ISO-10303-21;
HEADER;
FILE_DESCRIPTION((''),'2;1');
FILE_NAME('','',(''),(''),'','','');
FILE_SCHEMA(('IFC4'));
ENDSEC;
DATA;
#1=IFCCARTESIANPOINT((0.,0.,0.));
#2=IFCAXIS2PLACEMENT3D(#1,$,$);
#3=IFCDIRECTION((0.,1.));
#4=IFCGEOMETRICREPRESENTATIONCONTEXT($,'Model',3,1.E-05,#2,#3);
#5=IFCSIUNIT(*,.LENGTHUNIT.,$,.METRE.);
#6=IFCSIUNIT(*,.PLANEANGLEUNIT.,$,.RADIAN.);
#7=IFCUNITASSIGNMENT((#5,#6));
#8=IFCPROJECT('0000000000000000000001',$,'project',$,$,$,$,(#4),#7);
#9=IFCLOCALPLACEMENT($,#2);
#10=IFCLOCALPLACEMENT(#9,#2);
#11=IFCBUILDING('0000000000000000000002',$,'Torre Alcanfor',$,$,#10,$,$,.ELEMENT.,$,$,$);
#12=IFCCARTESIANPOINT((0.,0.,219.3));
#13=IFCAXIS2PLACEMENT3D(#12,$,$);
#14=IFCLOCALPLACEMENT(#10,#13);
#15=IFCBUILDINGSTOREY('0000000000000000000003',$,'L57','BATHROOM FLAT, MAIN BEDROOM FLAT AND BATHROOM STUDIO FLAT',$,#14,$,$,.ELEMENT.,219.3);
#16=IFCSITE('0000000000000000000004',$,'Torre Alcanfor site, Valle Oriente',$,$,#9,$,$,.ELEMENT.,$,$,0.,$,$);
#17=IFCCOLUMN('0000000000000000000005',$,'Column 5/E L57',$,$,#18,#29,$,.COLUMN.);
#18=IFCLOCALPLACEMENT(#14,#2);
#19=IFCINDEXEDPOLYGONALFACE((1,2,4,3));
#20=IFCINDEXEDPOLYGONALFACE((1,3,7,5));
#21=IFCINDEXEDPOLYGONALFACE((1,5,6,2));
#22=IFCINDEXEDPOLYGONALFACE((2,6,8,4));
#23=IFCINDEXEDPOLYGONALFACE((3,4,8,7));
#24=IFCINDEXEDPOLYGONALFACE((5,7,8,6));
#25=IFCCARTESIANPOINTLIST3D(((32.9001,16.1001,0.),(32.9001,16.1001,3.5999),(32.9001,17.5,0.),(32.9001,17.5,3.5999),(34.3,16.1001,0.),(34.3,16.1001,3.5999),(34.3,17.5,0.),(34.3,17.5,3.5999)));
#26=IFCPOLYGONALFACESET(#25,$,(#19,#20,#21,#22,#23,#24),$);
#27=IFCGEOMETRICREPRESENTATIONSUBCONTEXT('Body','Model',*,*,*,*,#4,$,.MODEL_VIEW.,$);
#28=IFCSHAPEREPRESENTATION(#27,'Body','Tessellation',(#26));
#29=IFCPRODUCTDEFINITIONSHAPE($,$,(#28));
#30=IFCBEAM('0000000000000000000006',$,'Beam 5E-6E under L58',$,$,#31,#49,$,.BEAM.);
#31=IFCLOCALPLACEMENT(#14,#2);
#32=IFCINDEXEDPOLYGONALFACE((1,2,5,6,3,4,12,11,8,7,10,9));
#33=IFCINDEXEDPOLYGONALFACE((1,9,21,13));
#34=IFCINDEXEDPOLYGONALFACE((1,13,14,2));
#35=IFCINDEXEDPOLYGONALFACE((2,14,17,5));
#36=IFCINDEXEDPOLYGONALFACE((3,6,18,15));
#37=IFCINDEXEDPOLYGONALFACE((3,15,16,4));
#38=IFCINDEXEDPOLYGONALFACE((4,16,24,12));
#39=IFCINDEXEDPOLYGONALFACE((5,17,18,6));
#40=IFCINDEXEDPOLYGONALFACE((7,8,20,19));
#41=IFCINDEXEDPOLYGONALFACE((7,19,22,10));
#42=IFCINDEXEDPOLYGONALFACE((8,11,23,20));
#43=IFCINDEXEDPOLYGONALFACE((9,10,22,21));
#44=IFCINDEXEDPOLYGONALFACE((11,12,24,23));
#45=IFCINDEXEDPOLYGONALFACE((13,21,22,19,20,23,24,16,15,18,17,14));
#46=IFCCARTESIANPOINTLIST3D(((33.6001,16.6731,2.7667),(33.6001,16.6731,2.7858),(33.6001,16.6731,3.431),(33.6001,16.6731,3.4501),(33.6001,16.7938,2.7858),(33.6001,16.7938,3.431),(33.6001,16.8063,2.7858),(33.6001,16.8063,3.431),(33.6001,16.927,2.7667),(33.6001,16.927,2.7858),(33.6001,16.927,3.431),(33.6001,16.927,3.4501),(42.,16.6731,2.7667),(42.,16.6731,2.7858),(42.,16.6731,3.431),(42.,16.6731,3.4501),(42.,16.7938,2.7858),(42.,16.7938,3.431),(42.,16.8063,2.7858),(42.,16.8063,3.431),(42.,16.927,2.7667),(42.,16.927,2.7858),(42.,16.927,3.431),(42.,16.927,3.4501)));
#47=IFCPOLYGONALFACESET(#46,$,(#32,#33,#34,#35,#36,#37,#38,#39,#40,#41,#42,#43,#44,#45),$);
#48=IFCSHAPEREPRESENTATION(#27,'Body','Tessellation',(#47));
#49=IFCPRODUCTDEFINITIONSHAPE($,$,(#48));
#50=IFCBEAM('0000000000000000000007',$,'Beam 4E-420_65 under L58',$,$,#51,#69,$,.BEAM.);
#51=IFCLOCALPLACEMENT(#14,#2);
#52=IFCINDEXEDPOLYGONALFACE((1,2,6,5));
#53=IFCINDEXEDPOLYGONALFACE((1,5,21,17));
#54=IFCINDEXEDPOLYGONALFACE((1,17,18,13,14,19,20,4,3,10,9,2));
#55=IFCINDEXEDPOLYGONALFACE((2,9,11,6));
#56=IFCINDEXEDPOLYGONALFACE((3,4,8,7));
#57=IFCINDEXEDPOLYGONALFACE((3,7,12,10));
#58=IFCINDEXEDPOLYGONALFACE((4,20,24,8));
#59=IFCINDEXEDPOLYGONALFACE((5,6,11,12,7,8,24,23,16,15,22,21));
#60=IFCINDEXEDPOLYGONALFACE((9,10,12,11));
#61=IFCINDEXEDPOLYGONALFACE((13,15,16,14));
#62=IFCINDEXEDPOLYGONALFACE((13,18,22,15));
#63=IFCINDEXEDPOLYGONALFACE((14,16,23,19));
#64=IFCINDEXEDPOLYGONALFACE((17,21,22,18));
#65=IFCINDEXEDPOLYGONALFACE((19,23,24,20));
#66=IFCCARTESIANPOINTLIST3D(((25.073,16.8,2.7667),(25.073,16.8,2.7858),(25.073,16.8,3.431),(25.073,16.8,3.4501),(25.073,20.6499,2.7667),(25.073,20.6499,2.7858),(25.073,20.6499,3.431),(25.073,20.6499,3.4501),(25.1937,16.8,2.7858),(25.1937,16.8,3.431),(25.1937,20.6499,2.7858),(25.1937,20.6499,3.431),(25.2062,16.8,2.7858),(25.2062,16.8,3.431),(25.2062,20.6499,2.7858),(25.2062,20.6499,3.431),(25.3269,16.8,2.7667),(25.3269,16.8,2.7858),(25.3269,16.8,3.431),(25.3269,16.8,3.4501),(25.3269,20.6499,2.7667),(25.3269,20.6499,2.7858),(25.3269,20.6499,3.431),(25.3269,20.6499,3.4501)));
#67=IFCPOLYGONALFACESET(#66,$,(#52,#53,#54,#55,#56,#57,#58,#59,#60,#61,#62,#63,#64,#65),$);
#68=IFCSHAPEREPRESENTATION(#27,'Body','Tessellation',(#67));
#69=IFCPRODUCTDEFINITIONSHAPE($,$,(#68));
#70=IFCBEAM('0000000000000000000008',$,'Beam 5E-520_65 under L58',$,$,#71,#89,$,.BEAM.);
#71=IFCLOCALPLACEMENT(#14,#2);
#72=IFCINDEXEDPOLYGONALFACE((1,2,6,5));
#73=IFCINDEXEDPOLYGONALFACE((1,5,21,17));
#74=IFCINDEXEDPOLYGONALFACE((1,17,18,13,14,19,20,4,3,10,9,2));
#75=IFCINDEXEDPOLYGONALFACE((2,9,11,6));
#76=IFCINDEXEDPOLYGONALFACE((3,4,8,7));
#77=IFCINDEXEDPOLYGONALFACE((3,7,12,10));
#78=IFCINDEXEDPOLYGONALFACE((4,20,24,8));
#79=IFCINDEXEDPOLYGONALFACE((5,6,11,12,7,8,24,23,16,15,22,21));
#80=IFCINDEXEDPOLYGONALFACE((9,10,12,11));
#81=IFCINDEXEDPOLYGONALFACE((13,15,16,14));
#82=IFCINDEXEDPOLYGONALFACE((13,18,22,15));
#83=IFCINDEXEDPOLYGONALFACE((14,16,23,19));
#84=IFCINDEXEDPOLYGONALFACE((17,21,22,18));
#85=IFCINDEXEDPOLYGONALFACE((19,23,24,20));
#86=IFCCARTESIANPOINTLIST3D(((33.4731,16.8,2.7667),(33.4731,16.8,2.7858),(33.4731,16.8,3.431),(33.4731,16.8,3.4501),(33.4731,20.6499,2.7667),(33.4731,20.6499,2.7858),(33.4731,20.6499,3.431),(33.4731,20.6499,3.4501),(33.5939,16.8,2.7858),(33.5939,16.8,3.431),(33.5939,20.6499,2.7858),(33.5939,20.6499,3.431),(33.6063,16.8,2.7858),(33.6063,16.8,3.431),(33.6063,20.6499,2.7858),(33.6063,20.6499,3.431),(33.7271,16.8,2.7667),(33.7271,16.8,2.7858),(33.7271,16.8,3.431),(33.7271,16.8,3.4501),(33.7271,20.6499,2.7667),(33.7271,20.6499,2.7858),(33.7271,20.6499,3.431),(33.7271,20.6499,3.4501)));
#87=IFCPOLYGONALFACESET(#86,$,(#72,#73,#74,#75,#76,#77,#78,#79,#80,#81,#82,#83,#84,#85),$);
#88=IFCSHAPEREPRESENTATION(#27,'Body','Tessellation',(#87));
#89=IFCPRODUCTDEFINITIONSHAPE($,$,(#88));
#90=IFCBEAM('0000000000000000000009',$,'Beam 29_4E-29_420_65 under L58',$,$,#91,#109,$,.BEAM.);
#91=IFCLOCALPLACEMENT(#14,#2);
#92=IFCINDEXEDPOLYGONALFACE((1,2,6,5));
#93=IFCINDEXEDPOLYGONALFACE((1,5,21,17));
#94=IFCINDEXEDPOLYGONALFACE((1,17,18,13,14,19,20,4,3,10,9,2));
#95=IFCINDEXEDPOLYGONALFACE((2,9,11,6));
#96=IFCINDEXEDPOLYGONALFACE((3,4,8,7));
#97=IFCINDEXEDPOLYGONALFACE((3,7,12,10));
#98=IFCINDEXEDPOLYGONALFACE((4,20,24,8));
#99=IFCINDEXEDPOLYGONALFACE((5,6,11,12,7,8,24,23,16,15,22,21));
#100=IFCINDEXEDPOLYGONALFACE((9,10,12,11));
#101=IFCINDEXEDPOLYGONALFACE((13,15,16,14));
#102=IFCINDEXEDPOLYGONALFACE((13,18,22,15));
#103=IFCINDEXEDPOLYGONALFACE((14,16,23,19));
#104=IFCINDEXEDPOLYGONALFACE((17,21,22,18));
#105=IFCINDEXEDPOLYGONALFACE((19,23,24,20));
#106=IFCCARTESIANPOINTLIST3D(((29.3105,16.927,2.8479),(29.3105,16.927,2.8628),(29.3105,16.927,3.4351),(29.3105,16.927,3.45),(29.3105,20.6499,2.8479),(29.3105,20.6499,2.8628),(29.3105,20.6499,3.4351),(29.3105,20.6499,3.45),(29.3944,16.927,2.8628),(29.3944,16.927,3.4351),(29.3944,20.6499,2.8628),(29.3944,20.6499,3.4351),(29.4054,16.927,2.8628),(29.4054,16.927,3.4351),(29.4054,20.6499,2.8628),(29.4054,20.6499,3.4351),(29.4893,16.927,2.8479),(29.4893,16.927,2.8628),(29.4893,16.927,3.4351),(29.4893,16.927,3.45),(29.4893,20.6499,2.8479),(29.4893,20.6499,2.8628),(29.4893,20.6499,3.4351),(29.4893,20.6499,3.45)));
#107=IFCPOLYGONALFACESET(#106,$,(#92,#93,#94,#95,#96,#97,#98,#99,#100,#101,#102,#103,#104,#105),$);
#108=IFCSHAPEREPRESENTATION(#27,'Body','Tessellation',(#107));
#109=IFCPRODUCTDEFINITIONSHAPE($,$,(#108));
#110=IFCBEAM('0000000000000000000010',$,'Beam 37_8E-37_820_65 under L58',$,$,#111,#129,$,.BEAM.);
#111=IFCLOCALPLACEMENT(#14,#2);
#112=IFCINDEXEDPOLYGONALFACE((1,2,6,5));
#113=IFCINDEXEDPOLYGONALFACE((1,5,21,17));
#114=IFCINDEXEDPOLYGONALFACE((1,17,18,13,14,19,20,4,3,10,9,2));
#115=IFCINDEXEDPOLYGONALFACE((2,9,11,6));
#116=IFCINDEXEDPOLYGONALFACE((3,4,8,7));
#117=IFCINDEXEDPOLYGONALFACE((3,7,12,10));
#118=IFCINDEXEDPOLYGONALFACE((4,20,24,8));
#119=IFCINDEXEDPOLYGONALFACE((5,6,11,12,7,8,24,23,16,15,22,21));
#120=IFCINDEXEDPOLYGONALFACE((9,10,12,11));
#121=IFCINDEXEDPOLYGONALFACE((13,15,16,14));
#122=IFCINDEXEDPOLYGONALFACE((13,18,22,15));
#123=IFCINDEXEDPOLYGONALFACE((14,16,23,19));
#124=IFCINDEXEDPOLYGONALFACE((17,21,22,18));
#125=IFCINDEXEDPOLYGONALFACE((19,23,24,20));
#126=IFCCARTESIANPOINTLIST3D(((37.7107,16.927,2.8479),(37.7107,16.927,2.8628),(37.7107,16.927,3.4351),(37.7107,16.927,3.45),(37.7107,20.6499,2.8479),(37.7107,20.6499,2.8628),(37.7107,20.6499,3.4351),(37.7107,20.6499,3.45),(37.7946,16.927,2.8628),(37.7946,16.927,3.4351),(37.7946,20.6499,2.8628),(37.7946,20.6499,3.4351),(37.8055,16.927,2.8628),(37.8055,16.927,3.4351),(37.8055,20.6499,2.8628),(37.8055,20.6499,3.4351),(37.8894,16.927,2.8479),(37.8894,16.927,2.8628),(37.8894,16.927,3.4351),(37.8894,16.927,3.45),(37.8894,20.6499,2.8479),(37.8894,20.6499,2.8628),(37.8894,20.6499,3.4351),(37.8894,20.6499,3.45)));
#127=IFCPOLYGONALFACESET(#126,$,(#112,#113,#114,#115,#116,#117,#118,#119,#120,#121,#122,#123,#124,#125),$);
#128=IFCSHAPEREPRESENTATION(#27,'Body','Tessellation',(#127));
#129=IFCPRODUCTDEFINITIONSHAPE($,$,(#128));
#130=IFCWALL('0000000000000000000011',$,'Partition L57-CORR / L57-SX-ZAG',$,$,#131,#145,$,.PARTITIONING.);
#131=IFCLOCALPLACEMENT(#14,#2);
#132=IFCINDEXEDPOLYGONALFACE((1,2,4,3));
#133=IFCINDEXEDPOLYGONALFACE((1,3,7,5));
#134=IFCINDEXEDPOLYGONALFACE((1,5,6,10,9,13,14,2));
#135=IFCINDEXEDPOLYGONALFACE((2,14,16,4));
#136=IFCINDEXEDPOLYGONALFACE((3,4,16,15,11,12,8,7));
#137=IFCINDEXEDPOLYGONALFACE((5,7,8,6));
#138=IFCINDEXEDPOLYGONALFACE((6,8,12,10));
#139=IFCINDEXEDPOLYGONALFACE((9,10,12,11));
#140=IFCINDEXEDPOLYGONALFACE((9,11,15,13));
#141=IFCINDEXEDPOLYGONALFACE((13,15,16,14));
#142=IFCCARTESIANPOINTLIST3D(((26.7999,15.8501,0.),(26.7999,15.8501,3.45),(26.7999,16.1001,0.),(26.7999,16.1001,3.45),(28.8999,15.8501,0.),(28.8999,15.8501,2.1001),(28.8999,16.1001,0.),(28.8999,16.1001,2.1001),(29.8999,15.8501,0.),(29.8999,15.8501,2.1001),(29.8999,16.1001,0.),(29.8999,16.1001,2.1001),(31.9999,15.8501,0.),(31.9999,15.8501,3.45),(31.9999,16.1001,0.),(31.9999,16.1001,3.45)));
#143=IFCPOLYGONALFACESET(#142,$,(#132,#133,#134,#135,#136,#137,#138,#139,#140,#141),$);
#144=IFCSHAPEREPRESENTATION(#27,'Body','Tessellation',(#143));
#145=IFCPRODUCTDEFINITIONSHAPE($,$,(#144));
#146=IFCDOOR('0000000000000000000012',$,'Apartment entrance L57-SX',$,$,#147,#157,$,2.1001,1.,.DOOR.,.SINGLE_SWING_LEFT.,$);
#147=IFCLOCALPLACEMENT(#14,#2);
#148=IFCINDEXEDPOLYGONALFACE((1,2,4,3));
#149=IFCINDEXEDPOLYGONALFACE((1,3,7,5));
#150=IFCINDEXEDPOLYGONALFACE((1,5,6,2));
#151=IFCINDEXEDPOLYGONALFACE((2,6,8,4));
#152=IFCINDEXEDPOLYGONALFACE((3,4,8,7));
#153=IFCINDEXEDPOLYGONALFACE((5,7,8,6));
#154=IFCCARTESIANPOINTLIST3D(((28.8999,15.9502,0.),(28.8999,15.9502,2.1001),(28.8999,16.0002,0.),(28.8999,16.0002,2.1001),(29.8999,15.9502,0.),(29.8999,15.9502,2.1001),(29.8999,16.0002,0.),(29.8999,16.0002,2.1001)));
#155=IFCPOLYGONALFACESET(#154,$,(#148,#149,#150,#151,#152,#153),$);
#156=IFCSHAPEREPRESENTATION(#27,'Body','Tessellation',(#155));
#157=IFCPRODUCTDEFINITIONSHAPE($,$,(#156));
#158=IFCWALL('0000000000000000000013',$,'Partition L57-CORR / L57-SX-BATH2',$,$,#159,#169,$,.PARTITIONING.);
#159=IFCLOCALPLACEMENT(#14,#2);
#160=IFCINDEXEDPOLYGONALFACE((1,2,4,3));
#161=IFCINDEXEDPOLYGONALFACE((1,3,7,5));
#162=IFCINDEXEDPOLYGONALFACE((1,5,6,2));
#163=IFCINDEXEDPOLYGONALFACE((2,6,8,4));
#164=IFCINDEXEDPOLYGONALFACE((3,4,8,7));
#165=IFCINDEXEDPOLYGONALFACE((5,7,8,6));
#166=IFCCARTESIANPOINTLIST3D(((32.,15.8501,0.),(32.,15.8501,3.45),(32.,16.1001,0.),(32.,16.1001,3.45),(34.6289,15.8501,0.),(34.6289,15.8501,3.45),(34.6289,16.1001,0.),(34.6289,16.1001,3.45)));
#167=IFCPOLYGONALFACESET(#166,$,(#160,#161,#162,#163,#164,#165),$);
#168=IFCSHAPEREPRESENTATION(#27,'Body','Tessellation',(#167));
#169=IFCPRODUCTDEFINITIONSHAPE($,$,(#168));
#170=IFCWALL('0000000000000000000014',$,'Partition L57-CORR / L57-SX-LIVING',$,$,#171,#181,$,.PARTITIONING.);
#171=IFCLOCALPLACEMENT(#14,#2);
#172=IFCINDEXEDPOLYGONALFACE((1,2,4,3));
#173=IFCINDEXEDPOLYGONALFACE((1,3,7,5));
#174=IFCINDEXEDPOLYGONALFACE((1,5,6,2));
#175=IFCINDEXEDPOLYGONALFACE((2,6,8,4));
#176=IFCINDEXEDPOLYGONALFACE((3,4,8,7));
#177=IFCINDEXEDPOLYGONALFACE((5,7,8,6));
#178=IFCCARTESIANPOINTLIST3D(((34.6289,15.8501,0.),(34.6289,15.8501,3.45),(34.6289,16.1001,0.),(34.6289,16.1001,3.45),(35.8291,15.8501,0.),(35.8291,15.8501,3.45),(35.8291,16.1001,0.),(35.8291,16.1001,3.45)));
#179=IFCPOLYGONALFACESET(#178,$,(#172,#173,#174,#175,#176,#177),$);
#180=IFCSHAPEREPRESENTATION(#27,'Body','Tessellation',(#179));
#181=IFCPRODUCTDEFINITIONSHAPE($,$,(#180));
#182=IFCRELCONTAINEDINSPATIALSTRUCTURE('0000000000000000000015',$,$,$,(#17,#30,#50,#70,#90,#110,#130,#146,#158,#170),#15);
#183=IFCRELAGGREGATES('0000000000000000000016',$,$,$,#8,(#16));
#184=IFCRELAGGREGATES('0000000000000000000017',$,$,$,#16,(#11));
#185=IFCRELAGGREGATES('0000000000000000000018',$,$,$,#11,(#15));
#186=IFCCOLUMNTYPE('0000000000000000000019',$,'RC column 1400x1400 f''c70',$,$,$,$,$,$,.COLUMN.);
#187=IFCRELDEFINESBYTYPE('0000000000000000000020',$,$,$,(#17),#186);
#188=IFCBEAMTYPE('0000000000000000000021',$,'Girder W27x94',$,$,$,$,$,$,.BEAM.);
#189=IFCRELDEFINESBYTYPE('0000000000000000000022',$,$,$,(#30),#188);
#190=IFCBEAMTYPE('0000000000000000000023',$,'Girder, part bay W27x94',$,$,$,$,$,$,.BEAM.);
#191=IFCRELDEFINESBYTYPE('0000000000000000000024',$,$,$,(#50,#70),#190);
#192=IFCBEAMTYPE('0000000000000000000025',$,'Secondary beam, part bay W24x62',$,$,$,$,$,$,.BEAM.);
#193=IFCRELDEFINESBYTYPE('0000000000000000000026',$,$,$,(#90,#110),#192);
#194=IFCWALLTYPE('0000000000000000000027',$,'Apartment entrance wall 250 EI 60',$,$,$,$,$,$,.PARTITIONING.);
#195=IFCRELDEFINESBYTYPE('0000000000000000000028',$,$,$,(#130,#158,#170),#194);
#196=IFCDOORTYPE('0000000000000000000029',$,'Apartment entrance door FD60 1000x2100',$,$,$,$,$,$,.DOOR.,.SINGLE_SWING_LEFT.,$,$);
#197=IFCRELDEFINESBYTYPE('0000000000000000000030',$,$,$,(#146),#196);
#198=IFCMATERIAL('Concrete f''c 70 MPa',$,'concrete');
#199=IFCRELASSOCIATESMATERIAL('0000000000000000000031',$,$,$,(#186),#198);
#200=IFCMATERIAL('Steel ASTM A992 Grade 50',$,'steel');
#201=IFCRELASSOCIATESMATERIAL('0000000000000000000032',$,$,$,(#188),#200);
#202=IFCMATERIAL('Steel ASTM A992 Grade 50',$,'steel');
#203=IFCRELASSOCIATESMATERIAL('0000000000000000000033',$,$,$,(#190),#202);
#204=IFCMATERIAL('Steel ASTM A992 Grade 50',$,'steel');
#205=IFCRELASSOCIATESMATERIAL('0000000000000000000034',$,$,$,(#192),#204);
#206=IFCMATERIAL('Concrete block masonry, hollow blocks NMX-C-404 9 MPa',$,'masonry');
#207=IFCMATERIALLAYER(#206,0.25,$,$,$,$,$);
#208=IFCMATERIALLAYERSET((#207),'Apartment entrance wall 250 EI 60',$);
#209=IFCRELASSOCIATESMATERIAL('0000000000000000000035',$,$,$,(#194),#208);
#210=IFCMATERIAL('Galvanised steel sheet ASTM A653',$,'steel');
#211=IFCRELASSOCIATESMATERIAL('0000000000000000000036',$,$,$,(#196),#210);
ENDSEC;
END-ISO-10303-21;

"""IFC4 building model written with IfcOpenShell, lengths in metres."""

from ifc_helpers import new_model, si_unit, direction, frame, frame_2d, origin, origin_2d, place, context, subcontext, project, spatial, rectangle, i_section, extrude, material, layer, layer_set, material_profile, profile_set, type_object, element, fill, save


model = new_model("IFC4")

# Units and contexts
model_context = context("Model", 3, precision=1e-05, world=origin(), true_north=direction((0.0, 1.0)))
body_context = subcontext(model_context, "Body", "Model", "MODEL_VIEW")
ifc_project = project(units=[si_unit("LENGTHUNIT", "METRE"), si_unit("PLANEANGLEUNIT", "RADIAN")], contexts=[model_context])

# Site, building, storey
site_placement = place(None, origin())
site = spatial("IfcSite", under=ifc_project, at=site_placement, Name="Torre Alcanfor site, Valle Oriente", CompositionType="ELEMENT", RefElevation=0.0)
building_placement = place(site_placement, origin())
building = spatial("IfcBuilding", under=site, at=building_placement, Name="Torre Alcanfor", CompositionType="ELEMENT")
storey_placement = place(building_placement, frame((0.0, 0.0, 219.3)))
storey = spatial("IfcBuildingStorey", under=building, at=storey_placement, Name="L57", Description="BATHROOM FLAT, MAIN BEDROOM FLAT AND BATHROOM STUDIO FLAT", CompositionType="ELEMENT", Elevation=219.3)

# Column
ifc_material_1 = material(Name="Concrete f'c 70 MPa", Category="concrete")
ifc_material_profile_1 = material_profile(ifc_material_1, rectangle(XDim=1.3999, YDim=1.3999, at=origin_2d()), Name="1400x1400")
ifc_profile_set_1 = profile_set([ifc_material_profile_1], Name="Concrete f'c 70 MPa")
column_type = type_object("IfcColumnType", Name="RC column 1400x1400 f'c70", PredefinedType="COLUMN", material=ifc_profile_set_1)
column_placement = place(storey_placement, frame((33.6001, 16.8, 0.0), z_axis=(0.0, 0.0, 1.0), x_axis=(1.0, 0.0, 0.0)))
element("IfcColumn", 1, at=column_placement, inside=storey, type_object=column_type, Name="Column 5/E L57", PredefinedType="COLUMN", context=body_context, shape_type="SweptSolid", body=[
    extrude(rectangle(XDim=1.3999, YDim=1.3999, at=origin_2d()), origin(), (0.0, 0.0, 1.0), 3.5999),
])

# Beams
ifc_material_2 = material(Name="Steel ASTM A992 Grade 50", Category="steel")
ifc_material_profile_2 = material_profile(ifc_material_2, i_section(OverallWidth=0.2539, OverallDepth=0.6833, WebThickness=0.0125, FlangeThickness=0.019, at=origin_2d()), Name="W27x94")
ifc_profile_set_2 = profile_set([ifc_material_profile_2], Name="Steel ASTM A992 Grade 50")
beam_type_1 = type_object("IfcBeamType", Name="Girder W27x94", PredefinedType="BEAM", material=ifc_profile_set_2)
beam_placement = place(storey_placement, frame((33.6001, 16.8, 3.1084), z_axis=(1.0, 0.0, 0.0), x_axis=(0.0, 1.0, 0.0)))
element("IfcBeam", 2, at=beam_placement, inside=storey, type_object=beam_type_1, Name="Beam 5E-6E under L58", PredefinedType="BEAM", context=body_context, shape_type="SweptSolid", body=[
    extrude(i_section(OverallWidth=0.2539, OverallDepth=0.6833, WebThickness=0.0125, FlangeThickness=0.019, at=origin_2d()), origin(), (0.0, 0.0, 1.0), 8.3999),
])
ifc_material_3 = material(Name="Steel ASTM A992 Grade 50", Category="steel")
ifc_material_profile_3 = material_profile(ifc_material_3, i_section(OverallWidth=0.2539, OverallDepth=0.6833, WebThickness=0.0125, FlangeThickness=0.019, at=origin_2d()), Name="W27x94")
ifc_profile_set_3 = profile_set([ifc_material_profile_3], Name="Steel ASTM A992 Grade 50")
beam_type_2 = type_object("IfcBeamType", Name="Girder, part bay W27x94", PredefinedType="BEAM", material=ifc_profile_set_3)
for number, where, z_axis, x_axis, name in (
    (3, (25.2, 16.8, 3.1084), (0.0, 1.0, 0.0), (-1.0, 0.0, 0.0), "Beam 4E-420_65 under L58"),
    (4, (33.6001, 16.8, 3.1084), (0.0, 1.0, 0.0), (-1.0, 0.0, 0.0), "Beam 5E-520_65 under L58"),
):
    element("IfcBeam", number, at=place(storey_placement, frame(where, z_axis=z_axis, x_axis=x_axis)), inside=storey, type_object=beam_type_2, Name=name, PredefinedType="BEAM", context=body_context, shape_type="SweptSolid", body=[
        extrude(i_section(OverallWidth=0.2539, OverallDepth=0.6833, WebThickness=0.0125, FlangeThickness=0.019, at=origin_2d()), origin(), (0.0, 0.0, 1.0), 3.8499),
    ])
ifc_material_4 = material(Name="Steel ASTM A992 Grade 50", Category="steel")
ifc_material_profile_4 = material_profile(ifc_material_4, i_section(OverallWidth=0.1787, OverallDepth=0.6021, WebThickness=0.011, FlangeThickness=0.0149, at=origin_2d()), Name="W24x62")
ifc_profile_set_4 = profile_set([ifc_material_profile_4], Name="Steel ASTM A992 Grade 50")
beam_type_3 = type_object("IfcBeamType", Name="Secondary beam, part bay W24x62", PredefinedType="BEAM", material=ifc_profile_set_4)
for number, where, z_axis, x_axis, name in (
    (5, (29.3999, 16.927, 3.1489), (0.0, 1.0, 0.0), (-1.0, 0.0, 0.0), "Beam 29_4E-29_420_65 under L58"),
    (6, (37.8, 16.927, 3.1489), (0.0, 1.0, 0.0), (-1.0, 0.0, 0.0), "Beam 37_8E-37_820_65 under L58"),
):
    element("IfcBeam", number, at=place(storey_placement, frame(where, z_axis=z_axis, x_axis=x_axis)), inside=storey, type_object=beam_type_3, Name=name, PredefinedType="BEAM", context=body_context, shape_type="SweptSolid", body=[
        extrude(i_section(OverallWidth=0.1787, OverallDepth=0.6021, WebThickness=0.011, FlangeThickness=0.0149, at=origin_2d()), origin(), (0.0, 0.0, 1.0), 3.7229),
    ])

# Wall, opening, door
ifc_material_5 = material(Name="Concrete block masonry, hollow blocks NMX-C-404 9 MPa", Category="masonry")
ifc_layer_1 = layer(ifc_material_5, 0.25)
ifc_layer_set_1 = layer_set([ifc_layer_1], Name="Apartment entrance wall 250 EI 60")
wall_type_1 = type_object("IfcWallType", Name="Apartment entrance wall 250 EI 60", PredefinedType="PARTITIONING", material=ifc_layer_set_1)
wall_1_placement = place(storey_placement, frame((32.0, 15.9751, 0.0), z_axis=(0.0, 0.0, 1.0), x_axis=(-1.0, 0.0, 0.0)))
wall_1 = element("IfcWall", 7, at=wall_1_placement, inside=storey, type_object=wall_type_1, Name="Partition L57-CORR / L57-SX-ZAG", PredefinedType="PARTITIONING", context=body_context, shape_type="SweptSolid", body=[
    extrude(rectangle(XDim=5.2, YDim=0.25, at=frame_2d((2.6001, 0.0))), origin(), (0.0, 0.0, 1.0), 3.45),
])
opening_1_placement = place(wall_1_placement, frame((2.1001, 0.0, 0.0)))
opening_1 = element("IfcOpeningElement", 8, at=opening_1_placement, cuts=wall_1, PredefinedType="OPENING", context=body_context, shape_type="SweptSolid", body=[
    extrude(rectangle(XDim=1.0, YDim=2.1001, at=frame_2d((0.5, 1.05))), frame((0.0, 0.135, 0.0), z_axis=(0.0, -1.0, 0.0), x_axis=(1.0, 0.0, 0.0)), (0.0, 0.0, 1.0), 0.27),
])
ifc_material_6 = material(Name="Galvanised steel sheet ASTM A653", Category="steel")
door_type_1 = type_object("IfcDoorType", Name="Apartment entrance door FD60 1000x2100", OperationType="SINGLE_SWING_LEFT", PredefinedType="DOOR", material=ifc_material_6)
door_1_placement = place(opening_1_placement, origin())
door_1 = element("IfcDoor", 9, at=door_1_placement, inside=storey, type_object=door_type_1, Name="Apartment entrance L57-SX", OperationType="SINGLE_SWING_LEFT", OverallHeight=2.1001, OverallWidth=1.0, PredefinedType="DOOR", context=body_context, shape_type="SweptSolid", body=[
    extrude(rectangle(XDim=1.0, YDim=2.1001, at=frame_2d((0.5, 1.05))), frame((0.0, 0.0249, 0.0), z_axis=(0.0, -1.0, 0.0), x_axis=(1.0, 0.0, 0.0)), (0.0, 0.0, 1.0), 0.05),
])
fill(opening_1, door_1)

# Walls
wall_2_placement = place(storey_placement, frame((34.6289, 15.9751, 0.0), z_axis=(0.0, 0.0, 1.0), x_axis=(-1.0, 0.0, 0.0)))
element("IfcWall", 10, at=wall_2_placement, inside=storey, type_object=wall_type_1, Name="Partition L57-CORR / L57-SX-BATH2", PredefinedType="PARTITIONING", context=body_context, shape_type="SweptSolid", body=[
    extrude(rectangle(XDim=2.6289, YDim=0.25, at=frame_2d((1.3145, 0.0))), origin(), (0.0, 0.0, 1.0), 3.45),
])
wall_3_placement = place(storey_placement, frame((35.8291, 15.9751, 0.0), z_axis=(0.0, 0.0, 1.0), x_axis=(-1.0, 0.0, 0.0)))
element("IfcWall", 11, at=wall_3_placement, inside=storey, type_object=wall_type_1, Name="Partition L57-CORR / L57-SX-LIVING", PredefinedType="PARTITIONING", context=body_context, shape_type="SweptSolid", body=[
    extrude(rectangle(XDim=1.2002, YDim=0.25, at=frame_2d((0.6001, 0.0))), origin(), (0.0, 0.0, 1.0), 3.45),
])

save(model, "model.ifc")
